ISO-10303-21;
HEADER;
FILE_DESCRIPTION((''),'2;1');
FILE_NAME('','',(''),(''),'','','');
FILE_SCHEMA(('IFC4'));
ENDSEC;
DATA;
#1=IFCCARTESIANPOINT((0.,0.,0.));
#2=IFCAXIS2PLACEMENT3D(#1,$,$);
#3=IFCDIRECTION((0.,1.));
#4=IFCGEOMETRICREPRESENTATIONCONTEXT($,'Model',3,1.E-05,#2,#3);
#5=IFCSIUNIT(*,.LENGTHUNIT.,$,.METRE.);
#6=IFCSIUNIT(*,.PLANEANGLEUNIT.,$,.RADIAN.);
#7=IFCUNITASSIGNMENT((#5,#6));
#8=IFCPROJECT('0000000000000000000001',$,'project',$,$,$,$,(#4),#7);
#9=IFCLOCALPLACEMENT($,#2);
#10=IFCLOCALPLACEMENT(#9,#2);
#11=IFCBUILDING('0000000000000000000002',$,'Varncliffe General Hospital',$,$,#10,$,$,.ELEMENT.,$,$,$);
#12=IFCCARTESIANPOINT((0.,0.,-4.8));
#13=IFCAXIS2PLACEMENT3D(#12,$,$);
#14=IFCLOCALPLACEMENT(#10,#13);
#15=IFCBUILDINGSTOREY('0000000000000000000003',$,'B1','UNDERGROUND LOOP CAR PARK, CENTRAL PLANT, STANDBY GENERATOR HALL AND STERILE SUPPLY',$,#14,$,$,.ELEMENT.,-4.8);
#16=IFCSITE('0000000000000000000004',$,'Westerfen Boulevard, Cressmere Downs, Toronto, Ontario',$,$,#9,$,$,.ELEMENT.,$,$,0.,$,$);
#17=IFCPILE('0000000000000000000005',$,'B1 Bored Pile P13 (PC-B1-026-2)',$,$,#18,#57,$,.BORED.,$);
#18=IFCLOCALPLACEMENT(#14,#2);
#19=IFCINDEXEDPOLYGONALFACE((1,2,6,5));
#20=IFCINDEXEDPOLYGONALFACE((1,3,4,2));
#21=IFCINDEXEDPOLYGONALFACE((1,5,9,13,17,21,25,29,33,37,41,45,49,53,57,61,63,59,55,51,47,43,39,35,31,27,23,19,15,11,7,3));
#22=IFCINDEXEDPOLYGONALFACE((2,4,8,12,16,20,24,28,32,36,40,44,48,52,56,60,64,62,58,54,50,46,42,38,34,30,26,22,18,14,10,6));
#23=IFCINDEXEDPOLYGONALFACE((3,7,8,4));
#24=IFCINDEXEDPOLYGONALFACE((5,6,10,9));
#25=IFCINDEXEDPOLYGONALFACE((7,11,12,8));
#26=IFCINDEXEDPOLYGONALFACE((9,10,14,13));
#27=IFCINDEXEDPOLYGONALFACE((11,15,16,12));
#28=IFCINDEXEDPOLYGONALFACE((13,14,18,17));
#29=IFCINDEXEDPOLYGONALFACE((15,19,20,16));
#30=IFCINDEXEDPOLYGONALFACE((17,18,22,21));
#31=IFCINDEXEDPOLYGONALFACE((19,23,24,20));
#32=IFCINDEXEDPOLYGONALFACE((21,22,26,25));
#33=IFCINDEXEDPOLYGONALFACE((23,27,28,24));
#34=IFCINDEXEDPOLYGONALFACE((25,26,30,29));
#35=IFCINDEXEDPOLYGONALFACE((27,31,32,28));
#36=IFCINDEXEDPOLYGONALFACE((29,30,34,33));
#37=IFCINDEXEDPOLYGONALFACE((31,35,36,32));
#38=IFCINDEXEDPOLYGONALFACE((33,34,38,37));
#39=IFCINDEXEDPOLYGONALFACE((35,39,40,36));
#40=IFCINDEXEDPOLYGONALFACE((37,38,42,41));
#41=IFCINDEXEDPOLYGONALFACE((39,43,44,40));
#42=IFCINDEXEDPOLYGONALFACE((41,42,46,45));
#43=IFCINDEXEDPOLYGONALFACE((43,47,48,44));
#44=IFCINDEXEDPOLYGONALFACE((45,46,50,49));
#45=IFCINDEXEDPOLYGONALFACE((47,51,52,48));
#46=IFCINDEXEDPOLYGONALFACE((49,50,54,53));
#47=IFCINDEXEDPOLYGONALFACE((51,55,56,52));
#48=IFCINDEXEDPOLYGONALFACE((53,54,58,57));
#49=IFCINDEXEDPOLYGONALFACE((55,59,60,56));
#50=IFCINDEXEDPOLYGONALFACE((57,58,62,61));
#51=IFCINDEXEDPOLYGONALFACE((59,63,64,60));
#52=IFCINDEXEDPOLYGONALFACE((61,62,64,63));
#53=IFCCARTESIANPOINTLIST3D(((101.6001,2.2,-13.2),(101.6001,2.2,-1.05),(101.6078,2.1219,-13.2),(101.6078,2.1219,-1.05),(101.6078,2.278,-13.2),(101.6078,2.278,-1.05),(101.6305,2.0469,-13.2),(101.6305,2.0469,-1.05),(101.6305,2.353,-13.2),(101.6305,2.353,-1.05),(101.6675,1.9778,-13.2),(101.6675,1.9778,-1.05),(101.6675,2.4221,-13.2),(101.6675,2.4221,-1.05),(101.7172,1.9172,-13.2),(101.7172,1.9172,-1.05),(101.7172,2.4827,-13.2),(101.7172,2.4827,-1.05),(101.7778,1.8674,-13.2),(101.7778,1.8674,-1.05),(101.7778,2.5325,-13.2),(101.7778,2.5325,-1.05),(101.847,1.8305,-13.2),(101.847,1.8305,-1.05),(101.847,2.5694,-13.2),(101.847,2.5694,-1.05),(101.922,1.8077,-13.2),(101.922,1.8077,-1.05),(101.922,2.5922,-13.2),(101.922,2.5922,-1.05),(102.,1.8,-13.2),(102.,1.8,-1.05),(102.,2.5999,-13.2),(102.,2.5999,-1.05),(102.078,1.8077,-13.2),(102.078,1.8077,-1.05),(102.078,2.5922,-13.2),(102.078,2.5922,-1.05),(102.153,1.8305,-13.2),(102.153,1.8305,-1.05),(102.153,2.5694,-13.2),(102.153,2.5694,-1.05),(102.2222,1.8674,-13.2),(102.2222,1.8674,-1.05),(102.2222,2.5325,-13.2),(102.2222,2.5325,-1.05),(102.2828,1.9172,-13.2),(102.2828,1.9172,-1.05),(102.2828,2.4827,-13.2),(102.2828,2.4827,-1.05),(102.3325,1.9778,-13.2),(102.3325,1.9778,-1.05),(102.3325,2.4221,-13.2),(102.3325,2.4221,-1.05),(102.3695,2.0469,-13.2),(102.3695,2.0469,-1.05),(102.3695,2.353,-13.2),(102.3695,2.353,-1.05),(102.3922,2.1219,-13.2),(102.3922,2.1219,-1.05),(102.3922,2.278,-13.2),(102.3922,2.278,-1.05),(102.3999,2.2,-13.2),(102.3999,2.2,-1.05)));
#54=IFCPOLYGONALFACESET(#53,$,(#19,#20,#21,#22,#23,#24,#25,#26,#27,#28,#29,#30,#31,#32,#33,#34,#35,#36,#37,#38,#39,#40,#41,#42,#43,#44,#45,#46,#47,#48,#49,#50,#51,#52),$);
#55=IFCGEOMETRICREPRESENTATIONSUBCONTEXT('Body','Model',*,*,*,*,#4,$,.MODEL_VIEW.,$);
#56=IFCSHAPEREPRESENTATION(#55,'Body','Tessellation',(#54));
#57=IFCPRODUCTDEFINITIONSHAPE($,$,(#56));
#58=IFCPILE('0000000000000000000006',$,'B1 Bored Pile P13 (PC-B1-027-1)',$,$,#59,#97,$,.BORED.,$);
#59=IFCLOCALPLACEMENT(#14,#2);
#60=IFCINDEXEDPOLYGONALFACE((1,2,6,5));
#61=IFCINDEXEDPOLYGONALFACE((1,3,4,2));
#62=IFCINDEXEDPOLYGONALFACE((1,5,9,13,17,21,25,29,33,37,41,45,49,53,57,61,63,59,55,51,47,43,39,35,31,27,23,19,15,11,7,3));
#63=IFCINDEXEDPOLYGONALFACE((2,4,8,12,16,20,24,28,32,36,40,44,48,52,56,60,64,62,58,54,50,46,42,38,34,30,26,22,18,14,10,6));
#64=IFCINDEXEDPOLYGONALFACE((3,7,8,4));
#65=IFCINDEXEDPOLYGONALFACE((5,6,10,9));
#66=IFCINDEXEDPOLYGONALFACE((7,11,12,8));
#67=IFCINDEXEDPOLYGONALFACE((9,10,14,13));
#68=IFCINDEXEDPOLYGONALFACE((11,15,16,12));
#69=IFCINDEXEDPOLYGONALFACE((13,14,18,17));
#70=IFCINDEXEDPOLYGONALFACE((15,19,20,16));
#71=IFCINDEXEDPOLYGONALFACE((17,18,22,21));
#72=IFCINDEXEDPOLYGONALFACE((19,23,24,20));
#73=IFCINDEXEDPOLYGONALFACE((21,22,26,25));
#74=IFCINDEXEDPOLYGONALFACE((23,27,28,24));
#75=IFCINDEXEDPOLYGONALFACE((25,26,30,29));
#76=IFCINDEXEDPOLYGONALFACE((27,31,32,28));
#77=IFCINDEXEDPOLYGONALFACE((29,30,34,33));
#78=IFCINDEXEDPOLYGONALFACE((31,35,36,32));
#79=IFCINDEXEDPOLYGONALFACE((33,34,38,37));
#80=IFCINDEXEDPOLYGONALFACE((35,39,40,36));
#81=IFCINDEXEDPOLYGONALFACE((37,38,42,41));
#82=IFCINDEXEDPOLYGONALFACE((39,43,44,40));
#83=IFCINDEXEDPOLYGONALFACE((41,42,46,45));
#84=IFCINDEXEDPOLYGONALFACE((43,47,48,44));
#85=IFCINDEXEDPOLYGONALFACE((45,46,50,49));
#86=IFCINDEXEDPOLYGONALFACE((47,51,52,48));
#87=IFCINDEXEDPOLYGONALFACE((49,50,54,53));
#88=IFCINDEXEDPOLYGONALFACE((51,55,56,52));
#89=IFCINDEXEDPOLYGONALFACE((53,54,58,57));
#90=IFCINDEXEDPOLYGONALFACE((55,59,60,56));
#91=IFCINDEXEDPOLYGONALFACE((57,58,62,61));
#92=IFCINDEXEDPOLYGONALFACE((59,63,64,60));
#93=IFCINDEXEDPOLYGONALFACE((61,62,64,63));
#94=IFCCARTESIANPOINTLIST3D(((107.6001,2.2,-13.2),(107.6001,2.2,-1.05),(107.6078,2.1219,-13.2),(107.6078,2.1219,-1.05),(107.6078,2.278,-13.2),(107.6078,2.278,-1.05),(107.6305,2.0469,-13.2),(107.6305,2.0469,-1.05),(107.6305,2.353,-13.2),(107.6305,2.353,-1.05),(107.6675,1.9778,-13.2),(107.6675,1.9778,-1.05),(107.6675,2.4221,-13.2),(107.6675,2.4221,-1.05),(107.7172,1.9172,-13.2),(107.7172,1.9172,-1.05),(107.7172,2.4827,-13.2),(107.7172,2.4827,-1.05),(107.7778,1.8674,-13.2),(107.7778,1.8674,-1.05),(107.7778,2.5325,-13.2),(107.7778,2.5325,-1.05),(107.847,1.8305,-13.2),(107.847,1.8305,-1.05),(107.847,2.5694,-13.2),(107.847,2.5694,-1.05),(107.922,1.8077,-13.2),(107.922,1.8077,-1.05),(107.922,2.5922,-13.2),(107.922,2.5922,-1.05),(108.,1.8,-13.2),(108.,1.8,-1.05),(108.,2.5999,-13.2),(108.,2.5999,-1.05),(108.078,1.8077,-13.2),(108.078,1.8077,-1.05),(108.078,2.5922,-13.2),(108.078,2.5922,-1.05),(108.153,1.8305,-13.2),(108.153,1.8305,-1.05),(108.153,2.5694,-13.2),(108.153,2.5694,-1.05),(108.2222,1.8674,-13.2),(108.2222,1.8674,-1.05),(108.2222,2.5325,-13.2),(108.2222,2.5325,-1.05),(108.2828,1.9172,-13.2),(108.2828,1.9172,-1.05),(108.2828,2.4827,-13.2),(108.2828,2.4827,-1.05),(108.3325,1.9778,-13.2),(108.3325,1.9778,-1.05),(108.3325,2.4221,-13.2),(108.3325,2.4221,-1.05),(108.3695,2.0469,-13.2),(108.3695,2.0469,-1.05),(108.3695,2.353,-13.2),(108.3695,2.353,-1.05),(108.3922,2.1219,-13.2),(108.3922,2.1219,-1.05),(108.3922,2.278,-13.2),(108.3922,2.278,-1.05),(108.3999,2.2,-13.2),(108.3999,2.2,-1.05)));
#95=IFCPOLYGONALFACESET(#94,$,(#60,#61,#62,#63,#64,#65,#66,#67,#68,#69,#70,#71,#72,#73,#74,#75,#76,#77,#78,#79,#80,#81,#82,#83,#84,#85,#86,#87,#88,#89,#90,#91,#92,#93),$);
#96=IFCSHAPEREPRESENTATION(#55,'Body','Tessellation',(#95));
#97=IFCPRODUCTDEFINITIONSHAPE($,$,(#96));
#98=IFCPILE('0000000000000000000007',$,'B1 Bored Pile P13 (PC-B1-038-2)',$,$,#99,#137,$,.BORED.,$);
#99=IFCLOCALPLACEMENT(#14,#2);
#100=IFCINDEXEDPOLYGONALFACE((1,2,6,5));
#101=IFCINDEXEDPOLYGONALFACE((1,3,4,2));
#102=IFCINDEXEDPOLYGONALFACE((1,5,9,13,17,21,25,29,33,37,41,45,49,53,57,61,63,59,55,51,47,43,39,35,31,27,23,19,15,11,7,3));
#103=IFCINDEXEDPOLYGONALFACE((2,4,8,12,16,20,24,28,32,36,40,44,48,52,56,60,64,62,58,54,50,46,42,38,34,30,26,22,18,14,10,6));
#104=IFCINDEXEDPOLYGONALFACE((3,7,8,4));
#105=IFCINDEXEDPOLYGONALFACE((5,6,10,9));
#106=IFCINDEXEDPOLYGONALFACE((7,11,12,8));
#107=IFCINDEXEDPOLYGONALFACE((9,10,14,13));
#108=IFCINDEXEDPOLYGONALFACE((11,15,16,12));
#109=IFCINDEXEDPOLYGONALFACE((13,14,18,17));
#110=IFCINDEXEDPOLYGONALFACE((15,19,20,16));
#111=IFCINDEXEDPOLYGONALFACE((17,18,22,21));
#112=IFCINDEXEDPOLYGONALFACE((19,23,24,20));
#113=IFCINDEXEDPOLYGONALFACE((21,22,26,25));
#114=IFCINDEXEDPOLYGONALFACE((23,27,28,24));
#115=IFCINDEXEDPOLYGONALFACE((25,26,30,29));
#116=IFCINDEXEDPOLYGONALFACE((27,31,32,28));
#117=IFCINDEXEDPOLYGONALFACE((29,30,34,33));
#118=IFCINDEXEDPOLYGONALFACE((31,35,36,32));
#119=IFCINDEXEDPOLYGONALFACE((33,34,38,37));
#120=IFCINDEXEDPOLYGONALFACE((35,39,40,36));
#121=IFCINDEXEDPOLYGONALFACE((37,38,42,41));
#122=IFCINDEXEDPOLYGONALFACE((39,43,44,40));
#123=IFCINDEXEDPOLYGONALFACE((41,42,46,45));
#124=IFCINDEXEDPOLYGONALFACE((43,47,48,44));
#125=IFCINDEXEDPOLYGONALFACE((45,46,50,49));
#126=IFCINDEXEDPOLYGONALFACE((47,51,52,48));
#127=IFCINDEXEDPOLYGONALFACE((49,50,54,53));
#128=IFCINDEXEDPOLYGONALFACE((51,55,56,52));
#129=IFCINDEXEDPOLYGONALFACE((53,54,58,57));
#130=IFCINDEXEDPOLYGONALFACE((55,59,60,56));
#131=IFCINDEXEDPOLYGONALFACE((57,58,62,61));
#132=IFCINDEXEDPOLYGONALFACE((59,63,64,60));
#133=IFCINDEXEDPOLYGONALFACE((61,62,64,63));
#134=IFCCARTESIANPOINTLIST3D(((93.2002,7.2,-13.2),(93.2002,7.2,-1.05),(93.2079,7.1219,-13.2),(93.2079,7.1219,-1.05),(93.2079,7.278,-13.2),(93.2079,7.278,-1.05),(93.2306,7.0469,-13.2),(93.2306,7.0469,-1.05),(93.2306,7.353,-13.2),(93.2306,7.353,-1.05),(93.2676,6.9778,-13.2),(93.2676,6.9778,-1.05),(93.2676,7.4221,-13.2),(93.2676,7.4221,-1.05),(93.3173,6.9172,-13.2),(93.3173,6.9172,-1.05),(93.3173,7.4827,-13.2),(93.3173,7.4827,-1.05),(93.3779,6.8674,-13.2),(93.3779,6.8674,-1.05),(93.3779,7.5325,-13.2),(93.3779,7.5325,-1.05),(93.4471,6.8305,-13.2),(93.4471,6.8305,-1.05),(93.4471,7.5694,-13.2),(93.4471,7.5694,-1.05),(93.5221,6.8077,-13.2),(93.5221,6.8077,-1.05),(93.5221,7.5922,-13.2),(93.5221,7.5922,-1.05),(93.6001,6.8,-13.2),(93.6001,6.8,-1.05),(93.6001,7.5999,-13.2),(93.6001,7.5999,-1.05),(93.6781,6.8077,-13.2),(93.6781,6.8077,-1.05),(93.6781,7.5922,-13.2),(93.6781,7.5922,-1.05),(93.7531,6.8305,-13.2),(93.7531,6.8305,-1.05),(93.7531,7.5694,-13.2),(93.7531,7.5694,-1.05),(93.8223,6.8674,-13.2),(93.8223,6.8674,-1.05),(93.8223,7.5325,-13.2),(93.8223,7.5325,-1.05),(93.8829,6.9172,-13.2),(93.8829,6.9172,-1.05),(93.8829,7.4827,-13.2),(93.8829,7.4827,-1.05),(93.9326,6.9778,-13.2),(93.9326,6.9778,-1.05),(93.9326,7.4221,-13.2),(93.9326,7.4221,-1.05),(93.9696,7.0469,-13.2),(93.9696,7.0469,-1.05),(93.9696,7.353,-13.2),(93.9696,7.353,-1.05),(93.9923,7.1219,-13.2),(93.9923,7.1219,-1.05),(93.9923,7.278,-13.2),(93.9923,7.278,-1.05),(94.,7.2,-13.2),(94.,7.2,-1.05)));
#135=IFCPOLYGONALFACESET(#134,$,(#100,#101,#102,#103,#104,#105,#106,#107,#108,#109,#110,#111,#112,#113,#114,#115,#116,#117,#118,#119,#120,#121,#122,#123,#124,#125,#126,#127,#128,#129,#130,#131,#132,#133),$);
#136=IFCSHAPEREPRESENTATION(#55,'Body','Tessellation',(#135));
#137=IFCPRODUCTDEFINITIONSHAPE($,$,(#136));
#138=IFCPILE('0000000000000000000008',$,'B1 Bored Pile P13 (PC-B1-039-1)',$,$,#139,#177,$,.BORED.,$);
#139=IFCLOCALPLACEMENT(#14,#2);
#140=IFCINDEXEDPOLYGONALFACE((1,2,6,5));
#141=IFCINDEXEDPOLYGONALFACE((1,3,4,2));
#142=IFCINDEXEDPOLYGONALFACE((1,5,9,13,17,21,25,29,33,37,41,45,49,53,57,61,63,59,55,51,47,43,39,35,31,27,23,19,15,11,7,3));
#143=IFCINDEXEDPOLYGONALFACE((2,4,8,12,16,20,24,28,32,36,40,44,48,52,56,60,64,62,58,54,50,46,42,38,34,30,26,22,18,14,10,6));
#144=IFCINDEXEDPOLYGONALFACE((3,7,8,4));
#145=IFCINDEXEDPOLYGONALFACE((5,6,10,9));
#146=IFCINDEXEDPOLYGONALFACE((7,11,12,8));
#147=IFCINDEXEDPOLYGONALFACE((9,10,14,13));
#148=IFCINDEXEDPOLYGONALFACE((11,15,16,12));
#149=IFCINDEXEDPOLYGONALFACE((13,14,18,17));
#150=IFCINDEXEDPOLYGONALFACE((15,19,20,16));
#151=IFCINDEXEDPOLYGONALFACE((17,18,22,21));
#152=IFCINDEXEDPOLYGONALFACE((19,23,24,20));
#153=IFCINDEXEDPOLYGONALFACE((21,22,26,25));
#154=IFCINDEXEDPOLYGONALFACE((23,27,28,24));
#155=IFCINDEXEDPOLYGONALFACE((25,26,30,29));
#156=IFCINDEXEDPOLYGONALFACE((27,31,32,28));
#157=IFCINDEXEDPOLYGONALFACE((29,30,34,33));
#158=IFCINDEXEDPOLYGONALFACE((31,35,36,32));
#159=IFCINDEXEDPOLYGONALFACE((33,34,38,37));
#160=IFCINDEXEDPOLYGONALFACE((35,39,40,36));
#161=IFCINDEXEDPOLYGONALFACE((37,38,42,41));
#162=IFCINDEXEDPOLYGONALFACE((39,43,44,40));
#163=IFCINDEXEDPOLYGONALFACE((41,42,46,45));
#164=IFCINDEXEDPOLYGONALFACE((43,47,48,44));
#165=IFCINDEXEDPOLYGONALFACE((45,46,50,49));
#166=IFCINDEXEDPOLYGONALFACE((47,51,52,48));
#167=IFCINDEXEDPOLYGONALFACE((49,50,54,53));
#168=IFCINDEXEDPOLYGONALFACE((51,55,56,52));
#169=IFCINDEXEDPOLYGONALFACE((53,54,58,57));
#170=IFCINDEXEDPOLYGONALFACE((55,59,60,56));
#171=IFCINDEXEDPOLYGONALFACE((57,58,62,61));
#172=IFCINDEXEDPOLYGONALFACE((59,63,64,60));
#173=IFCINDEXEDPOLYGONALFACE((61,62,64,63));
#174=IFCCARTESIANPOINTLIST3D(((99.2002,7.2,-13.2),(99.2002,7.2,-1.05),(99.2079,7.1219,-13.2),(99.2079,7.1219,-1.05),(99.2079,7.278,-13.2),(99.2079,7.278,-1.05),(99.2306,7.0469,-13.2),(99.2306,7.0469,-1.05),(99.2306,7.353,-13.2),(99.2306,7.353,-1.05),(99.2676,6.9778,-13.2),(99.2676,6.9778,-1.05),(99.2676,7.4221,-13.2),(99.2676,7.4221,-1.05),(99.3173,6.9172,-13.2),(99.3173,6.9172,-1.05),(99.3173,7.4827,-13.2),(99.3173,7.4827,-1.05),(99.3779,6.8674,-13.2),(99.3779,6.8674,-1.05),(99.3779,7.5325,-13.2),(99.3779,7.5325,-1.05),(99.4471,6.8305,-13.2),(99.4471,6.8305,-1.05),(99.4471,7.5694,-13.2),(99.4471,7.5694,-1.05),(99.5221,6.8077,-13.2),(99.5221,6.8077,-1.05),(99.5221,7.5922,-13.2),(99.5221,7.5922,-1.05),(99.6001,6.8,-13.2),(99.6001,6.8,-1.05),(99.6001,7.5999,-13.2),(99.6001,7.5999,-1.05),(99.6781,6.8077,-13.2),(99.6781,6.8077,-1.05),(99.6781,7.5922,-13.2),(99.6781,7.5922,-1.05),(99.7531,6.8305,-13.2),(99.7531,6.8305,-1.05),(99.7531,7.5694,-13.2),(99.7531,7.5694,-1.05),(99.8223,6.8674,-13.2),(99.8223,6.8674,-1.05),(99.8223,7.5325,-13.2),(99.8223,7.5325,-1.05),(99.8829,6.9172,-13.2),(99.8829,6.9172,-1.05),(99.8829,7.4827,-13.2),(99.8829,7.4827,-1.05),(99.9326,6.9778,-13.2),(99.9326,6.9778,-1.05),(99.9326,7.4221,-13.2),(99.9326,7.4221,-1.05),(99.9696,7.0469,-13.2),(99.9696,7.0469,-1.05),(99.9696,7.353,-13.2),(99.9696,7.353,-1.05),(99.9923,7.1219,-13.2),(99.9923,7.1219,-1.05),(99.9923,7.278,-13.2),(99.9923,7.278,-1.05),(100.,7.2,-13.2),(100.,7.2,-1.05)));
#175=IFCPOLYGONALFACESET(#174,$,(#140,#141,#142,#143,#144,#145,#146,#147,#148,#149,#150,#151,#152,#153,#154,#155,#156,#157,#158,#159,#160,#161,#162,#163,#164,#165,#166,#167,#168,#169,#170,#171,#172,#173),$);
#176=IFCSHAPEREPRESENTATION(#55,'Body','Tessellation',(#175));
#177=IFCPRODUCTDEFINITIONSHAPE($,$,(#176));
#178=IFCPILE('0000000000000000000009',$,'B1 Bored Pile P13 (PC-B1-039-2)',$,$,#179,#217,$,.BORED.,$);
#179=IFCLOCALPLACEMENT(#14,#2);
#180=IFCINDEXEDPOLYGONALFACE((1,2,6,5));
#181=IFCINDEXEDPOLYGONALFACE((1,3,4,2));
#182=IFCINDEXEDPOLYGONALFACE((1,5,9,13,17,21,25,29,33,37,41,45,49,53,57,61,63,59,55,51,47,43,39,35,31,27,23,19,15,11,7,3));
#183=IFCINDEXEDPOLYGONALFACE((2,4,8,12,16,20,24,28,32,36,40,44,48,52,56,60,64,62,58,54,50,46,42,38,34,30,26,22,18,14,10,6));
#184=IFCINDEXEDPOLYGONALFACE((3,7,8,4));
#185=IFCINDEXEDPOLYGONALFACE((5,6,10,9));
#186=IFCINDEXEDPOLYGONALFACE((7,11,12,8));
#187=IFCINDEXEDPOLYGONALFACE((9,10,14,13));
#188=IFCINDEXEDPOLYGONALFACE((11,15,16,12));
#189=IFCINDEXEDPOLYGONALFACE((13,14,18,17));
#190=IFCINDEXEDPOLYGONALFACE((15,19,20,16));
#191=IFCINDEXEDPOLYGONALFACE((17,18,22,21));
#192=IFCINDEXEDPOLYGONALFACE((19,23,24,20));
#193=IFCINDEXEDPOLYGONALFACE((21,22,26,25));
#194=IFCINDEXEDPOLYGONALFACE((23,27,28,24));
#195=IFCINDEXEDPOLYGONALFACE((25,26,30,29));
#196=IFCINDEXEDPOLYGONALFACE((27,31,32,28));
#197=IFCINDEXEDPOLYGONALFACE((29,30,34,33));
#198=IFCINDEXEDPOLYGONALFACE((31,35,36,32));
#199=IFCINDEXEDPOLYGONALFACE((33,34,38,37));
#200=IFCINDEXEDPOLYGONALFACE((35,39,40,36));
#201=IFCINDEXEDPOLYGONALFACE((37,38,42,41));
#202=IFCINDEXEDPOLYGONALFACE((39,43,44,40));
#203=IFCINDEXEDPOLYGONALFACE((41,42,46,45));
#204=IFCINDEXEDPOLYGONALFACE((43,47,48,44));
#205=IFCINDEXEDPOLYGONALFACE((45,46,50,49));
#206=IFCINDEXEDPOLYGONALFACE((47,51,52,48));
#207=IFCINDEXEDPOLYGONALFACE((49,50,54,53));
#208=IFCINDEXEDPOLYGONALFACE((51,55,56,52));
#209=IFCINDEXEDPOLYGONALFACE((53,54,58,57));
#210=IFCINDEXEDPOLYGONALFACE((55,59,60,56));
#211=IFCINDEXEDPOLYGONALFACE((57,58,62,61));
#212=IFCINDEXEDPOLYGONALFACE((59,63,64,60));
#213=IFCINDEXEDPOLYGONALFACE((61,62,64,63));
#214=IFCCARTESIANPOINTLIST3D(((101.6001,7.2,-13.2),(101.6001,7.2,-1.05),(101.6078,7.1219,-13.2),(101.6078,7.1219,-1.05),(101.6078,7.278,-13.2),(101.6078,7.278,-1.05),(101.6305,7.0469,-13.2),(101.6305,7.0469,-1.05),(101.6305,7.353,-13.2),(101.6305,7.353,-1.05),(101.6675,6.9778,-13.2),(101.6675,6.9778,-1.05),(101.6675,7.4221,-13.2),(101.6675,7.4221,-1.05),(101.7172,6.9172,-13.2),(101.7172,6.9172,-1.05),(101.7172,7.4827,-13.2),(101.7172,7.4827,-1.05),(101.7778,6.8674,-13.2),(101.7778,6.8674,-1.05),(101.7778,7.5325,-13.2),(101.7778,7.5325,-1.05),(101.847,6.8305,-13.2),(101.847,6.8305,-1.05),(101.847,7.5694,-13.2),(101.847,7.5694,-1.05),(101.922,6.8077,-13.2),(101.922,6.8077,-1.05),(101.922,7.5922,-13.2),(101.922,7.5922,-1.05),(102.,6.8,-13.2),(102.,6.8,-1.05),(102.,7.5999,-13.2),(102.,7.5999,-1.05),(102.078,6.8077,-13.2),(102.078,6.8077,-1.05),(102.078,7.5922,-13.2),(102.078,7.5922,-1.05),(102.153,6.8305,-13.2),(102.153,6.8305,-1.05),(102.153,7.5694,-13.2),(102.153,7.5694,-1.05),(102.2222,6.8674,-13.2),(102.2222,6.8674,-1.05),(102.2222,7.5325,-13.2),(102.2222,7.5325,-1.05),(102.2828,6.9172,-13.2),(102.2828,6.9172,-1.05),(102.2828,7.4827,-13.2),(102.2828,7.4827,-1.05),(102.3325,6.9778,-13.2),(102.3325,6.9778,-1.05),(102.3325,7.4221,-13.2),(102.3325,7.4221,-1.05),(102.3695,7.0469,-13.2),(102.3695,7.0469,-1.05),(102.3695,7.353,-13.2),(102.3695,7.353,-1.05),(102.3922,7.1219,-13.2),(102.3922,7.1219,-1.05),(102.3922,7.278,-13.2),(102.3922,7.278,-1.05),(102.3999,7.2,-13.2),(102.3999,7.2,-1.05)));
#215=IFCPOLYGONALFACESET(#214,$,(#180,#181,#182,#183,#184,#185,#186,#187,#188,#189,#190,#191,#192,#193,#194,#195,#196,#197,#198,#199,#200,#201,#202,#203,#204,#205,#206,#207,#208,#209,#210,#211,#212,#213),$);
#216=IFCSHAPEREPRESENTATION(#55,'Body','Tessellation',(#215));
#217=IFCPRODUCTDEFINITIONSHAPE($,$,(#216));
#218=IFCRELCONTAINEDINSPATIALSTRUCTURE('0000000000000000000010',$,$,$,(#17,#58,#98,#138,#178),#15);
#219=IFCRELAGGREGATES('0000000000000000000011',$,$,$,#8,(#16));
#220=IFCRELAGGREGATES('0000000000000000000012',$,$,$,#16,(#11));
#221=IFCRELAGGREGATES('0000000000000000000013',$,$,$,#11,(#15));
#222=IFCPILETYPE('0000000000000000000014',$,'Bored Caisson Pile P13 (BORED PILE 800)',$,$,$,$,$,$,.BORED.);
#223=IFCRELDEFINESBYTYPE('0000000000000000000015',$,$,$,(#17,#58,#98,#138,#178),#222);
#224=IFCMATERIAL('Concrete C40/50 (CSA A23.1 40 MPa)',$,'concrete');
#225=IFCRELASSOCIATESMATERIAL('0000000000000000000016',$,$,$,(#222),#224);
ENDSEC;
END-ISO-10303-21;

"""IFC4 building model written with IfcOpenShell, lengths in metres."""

from ifc_helpers import new_model, si_unit, direction, frame, origin, origin_2d, place, context, subcontext, project, spatial, circle, extrude, material, material_profile, profile_set, type_object, element, save


model = new_model("IFC4")

# Units and contexts
model_context = context("Model", 3, precision=1e-05, world=origin(), true_north=direction((0.0, 1.0)))
body_context = subcontext(model_context, "Body", "Model", "MODEL_VIEW")
ifc_project = project(units=[si_unit("LENGTHUNIT", "METRE"), si_unit("PLANEANGLEUNIT", "RADIAN")], contexts=[model_context])

# Site, building, storey
site_placement = place(None, origin())
site = spatial("IfcSite", under=ifc_project, at=site_placement, Name="Westerfen Boulevard, Cressmere Downs, Toronto, Ontario", CompositionType="ELEMENT", RefElevation=0.0)
building_placement = place(site_placement, origin())
building = spatial("IfcBuilding", under=site, at=building_placement, Name="Varncliffe General Hospital", CompositionType="ELEMENT")
storey_placement = place(building_placement, frame((0.0, 0.0, -4.8)))
storey = spatial("IfcBuildingStorey", under=building, at=storey_placement, Name="B1", Description="UNDERGROUND LOOP CAR PARK, CENTRAL PLANT, STANDBY GENERATOR HALL AND STERILE SUPPLY", CompositionType="ELEMENT", Elevation=-4.8)

# Piles
ifc_material_1 = material(Name="Concrete C40/50 (CSA A23.1 40 MPa)", Category="concrete")
ifc_material_profile_1 = material_profile(ifc_material_1, circle(Radius=0.3999, at=origin_2d()), Name="BORED PILE 800")
ifc_profile_set_1 = profile_set([ifc_material_profile_1], Name="Concrete C40/50 (CSA A23.1 40 MPa)")
pile_type = type_object("IfcPileType", Name="Bored Caisson Pile P13 (BORED PILE 800)", PredefinedType="BORED", material=ifc_profile_set_1)
for number, where, z_axis, x_axis, name in (
    (1, (102.0, 2.2, -1.05), (0.0, 0.0, -1.0), (1.0, 0.0, 0.0), "B1 Bored Pile P13 (PC-B1-026-2)"),
    (2, (108.0, 2.2, -1.05), (0.0, 0.0, -1.0), (1.0, 0.0, 0.0), "B1 Bored Pile P13 (PC-B1-027-1)"),
    (3, (93.6001, 7.2, -1.05), (0.0, 0.0, -1.0), (1.0, 0.0, 0.0), "B1 Bored Pile P13 (PC-B1-038-2)"),
    (4, (99.6001, 7.2, -1.05), (0.0, 0.0, -1.0), (1.0, 0.0, 0.0), "B1 Bored Pile P13 (PC-B1-039-1)"),
    (5, (102.0, 7.2, -1.05), (0.0, 0.0, -1.0), (1.0, 0.0, 0.0), "B1 Bored Pile P13 (PC-B1-039-2)"),
):
    element("IfcPile", number, at=place(storey_placement, frame(where, z_axis=z_axis, x_axis=x_axis)), inside=storey, type_object=pile_type, Name=name, PredefinedType="BORED", context=body_context, shape_type="SweptSolid", body=[
        extrude(circle(Radius=0.3999, at=origin_2d()), origin(), (0.0, 0.0, 1.0), 12.1499),
    ])

save(model, "model.ifc")
